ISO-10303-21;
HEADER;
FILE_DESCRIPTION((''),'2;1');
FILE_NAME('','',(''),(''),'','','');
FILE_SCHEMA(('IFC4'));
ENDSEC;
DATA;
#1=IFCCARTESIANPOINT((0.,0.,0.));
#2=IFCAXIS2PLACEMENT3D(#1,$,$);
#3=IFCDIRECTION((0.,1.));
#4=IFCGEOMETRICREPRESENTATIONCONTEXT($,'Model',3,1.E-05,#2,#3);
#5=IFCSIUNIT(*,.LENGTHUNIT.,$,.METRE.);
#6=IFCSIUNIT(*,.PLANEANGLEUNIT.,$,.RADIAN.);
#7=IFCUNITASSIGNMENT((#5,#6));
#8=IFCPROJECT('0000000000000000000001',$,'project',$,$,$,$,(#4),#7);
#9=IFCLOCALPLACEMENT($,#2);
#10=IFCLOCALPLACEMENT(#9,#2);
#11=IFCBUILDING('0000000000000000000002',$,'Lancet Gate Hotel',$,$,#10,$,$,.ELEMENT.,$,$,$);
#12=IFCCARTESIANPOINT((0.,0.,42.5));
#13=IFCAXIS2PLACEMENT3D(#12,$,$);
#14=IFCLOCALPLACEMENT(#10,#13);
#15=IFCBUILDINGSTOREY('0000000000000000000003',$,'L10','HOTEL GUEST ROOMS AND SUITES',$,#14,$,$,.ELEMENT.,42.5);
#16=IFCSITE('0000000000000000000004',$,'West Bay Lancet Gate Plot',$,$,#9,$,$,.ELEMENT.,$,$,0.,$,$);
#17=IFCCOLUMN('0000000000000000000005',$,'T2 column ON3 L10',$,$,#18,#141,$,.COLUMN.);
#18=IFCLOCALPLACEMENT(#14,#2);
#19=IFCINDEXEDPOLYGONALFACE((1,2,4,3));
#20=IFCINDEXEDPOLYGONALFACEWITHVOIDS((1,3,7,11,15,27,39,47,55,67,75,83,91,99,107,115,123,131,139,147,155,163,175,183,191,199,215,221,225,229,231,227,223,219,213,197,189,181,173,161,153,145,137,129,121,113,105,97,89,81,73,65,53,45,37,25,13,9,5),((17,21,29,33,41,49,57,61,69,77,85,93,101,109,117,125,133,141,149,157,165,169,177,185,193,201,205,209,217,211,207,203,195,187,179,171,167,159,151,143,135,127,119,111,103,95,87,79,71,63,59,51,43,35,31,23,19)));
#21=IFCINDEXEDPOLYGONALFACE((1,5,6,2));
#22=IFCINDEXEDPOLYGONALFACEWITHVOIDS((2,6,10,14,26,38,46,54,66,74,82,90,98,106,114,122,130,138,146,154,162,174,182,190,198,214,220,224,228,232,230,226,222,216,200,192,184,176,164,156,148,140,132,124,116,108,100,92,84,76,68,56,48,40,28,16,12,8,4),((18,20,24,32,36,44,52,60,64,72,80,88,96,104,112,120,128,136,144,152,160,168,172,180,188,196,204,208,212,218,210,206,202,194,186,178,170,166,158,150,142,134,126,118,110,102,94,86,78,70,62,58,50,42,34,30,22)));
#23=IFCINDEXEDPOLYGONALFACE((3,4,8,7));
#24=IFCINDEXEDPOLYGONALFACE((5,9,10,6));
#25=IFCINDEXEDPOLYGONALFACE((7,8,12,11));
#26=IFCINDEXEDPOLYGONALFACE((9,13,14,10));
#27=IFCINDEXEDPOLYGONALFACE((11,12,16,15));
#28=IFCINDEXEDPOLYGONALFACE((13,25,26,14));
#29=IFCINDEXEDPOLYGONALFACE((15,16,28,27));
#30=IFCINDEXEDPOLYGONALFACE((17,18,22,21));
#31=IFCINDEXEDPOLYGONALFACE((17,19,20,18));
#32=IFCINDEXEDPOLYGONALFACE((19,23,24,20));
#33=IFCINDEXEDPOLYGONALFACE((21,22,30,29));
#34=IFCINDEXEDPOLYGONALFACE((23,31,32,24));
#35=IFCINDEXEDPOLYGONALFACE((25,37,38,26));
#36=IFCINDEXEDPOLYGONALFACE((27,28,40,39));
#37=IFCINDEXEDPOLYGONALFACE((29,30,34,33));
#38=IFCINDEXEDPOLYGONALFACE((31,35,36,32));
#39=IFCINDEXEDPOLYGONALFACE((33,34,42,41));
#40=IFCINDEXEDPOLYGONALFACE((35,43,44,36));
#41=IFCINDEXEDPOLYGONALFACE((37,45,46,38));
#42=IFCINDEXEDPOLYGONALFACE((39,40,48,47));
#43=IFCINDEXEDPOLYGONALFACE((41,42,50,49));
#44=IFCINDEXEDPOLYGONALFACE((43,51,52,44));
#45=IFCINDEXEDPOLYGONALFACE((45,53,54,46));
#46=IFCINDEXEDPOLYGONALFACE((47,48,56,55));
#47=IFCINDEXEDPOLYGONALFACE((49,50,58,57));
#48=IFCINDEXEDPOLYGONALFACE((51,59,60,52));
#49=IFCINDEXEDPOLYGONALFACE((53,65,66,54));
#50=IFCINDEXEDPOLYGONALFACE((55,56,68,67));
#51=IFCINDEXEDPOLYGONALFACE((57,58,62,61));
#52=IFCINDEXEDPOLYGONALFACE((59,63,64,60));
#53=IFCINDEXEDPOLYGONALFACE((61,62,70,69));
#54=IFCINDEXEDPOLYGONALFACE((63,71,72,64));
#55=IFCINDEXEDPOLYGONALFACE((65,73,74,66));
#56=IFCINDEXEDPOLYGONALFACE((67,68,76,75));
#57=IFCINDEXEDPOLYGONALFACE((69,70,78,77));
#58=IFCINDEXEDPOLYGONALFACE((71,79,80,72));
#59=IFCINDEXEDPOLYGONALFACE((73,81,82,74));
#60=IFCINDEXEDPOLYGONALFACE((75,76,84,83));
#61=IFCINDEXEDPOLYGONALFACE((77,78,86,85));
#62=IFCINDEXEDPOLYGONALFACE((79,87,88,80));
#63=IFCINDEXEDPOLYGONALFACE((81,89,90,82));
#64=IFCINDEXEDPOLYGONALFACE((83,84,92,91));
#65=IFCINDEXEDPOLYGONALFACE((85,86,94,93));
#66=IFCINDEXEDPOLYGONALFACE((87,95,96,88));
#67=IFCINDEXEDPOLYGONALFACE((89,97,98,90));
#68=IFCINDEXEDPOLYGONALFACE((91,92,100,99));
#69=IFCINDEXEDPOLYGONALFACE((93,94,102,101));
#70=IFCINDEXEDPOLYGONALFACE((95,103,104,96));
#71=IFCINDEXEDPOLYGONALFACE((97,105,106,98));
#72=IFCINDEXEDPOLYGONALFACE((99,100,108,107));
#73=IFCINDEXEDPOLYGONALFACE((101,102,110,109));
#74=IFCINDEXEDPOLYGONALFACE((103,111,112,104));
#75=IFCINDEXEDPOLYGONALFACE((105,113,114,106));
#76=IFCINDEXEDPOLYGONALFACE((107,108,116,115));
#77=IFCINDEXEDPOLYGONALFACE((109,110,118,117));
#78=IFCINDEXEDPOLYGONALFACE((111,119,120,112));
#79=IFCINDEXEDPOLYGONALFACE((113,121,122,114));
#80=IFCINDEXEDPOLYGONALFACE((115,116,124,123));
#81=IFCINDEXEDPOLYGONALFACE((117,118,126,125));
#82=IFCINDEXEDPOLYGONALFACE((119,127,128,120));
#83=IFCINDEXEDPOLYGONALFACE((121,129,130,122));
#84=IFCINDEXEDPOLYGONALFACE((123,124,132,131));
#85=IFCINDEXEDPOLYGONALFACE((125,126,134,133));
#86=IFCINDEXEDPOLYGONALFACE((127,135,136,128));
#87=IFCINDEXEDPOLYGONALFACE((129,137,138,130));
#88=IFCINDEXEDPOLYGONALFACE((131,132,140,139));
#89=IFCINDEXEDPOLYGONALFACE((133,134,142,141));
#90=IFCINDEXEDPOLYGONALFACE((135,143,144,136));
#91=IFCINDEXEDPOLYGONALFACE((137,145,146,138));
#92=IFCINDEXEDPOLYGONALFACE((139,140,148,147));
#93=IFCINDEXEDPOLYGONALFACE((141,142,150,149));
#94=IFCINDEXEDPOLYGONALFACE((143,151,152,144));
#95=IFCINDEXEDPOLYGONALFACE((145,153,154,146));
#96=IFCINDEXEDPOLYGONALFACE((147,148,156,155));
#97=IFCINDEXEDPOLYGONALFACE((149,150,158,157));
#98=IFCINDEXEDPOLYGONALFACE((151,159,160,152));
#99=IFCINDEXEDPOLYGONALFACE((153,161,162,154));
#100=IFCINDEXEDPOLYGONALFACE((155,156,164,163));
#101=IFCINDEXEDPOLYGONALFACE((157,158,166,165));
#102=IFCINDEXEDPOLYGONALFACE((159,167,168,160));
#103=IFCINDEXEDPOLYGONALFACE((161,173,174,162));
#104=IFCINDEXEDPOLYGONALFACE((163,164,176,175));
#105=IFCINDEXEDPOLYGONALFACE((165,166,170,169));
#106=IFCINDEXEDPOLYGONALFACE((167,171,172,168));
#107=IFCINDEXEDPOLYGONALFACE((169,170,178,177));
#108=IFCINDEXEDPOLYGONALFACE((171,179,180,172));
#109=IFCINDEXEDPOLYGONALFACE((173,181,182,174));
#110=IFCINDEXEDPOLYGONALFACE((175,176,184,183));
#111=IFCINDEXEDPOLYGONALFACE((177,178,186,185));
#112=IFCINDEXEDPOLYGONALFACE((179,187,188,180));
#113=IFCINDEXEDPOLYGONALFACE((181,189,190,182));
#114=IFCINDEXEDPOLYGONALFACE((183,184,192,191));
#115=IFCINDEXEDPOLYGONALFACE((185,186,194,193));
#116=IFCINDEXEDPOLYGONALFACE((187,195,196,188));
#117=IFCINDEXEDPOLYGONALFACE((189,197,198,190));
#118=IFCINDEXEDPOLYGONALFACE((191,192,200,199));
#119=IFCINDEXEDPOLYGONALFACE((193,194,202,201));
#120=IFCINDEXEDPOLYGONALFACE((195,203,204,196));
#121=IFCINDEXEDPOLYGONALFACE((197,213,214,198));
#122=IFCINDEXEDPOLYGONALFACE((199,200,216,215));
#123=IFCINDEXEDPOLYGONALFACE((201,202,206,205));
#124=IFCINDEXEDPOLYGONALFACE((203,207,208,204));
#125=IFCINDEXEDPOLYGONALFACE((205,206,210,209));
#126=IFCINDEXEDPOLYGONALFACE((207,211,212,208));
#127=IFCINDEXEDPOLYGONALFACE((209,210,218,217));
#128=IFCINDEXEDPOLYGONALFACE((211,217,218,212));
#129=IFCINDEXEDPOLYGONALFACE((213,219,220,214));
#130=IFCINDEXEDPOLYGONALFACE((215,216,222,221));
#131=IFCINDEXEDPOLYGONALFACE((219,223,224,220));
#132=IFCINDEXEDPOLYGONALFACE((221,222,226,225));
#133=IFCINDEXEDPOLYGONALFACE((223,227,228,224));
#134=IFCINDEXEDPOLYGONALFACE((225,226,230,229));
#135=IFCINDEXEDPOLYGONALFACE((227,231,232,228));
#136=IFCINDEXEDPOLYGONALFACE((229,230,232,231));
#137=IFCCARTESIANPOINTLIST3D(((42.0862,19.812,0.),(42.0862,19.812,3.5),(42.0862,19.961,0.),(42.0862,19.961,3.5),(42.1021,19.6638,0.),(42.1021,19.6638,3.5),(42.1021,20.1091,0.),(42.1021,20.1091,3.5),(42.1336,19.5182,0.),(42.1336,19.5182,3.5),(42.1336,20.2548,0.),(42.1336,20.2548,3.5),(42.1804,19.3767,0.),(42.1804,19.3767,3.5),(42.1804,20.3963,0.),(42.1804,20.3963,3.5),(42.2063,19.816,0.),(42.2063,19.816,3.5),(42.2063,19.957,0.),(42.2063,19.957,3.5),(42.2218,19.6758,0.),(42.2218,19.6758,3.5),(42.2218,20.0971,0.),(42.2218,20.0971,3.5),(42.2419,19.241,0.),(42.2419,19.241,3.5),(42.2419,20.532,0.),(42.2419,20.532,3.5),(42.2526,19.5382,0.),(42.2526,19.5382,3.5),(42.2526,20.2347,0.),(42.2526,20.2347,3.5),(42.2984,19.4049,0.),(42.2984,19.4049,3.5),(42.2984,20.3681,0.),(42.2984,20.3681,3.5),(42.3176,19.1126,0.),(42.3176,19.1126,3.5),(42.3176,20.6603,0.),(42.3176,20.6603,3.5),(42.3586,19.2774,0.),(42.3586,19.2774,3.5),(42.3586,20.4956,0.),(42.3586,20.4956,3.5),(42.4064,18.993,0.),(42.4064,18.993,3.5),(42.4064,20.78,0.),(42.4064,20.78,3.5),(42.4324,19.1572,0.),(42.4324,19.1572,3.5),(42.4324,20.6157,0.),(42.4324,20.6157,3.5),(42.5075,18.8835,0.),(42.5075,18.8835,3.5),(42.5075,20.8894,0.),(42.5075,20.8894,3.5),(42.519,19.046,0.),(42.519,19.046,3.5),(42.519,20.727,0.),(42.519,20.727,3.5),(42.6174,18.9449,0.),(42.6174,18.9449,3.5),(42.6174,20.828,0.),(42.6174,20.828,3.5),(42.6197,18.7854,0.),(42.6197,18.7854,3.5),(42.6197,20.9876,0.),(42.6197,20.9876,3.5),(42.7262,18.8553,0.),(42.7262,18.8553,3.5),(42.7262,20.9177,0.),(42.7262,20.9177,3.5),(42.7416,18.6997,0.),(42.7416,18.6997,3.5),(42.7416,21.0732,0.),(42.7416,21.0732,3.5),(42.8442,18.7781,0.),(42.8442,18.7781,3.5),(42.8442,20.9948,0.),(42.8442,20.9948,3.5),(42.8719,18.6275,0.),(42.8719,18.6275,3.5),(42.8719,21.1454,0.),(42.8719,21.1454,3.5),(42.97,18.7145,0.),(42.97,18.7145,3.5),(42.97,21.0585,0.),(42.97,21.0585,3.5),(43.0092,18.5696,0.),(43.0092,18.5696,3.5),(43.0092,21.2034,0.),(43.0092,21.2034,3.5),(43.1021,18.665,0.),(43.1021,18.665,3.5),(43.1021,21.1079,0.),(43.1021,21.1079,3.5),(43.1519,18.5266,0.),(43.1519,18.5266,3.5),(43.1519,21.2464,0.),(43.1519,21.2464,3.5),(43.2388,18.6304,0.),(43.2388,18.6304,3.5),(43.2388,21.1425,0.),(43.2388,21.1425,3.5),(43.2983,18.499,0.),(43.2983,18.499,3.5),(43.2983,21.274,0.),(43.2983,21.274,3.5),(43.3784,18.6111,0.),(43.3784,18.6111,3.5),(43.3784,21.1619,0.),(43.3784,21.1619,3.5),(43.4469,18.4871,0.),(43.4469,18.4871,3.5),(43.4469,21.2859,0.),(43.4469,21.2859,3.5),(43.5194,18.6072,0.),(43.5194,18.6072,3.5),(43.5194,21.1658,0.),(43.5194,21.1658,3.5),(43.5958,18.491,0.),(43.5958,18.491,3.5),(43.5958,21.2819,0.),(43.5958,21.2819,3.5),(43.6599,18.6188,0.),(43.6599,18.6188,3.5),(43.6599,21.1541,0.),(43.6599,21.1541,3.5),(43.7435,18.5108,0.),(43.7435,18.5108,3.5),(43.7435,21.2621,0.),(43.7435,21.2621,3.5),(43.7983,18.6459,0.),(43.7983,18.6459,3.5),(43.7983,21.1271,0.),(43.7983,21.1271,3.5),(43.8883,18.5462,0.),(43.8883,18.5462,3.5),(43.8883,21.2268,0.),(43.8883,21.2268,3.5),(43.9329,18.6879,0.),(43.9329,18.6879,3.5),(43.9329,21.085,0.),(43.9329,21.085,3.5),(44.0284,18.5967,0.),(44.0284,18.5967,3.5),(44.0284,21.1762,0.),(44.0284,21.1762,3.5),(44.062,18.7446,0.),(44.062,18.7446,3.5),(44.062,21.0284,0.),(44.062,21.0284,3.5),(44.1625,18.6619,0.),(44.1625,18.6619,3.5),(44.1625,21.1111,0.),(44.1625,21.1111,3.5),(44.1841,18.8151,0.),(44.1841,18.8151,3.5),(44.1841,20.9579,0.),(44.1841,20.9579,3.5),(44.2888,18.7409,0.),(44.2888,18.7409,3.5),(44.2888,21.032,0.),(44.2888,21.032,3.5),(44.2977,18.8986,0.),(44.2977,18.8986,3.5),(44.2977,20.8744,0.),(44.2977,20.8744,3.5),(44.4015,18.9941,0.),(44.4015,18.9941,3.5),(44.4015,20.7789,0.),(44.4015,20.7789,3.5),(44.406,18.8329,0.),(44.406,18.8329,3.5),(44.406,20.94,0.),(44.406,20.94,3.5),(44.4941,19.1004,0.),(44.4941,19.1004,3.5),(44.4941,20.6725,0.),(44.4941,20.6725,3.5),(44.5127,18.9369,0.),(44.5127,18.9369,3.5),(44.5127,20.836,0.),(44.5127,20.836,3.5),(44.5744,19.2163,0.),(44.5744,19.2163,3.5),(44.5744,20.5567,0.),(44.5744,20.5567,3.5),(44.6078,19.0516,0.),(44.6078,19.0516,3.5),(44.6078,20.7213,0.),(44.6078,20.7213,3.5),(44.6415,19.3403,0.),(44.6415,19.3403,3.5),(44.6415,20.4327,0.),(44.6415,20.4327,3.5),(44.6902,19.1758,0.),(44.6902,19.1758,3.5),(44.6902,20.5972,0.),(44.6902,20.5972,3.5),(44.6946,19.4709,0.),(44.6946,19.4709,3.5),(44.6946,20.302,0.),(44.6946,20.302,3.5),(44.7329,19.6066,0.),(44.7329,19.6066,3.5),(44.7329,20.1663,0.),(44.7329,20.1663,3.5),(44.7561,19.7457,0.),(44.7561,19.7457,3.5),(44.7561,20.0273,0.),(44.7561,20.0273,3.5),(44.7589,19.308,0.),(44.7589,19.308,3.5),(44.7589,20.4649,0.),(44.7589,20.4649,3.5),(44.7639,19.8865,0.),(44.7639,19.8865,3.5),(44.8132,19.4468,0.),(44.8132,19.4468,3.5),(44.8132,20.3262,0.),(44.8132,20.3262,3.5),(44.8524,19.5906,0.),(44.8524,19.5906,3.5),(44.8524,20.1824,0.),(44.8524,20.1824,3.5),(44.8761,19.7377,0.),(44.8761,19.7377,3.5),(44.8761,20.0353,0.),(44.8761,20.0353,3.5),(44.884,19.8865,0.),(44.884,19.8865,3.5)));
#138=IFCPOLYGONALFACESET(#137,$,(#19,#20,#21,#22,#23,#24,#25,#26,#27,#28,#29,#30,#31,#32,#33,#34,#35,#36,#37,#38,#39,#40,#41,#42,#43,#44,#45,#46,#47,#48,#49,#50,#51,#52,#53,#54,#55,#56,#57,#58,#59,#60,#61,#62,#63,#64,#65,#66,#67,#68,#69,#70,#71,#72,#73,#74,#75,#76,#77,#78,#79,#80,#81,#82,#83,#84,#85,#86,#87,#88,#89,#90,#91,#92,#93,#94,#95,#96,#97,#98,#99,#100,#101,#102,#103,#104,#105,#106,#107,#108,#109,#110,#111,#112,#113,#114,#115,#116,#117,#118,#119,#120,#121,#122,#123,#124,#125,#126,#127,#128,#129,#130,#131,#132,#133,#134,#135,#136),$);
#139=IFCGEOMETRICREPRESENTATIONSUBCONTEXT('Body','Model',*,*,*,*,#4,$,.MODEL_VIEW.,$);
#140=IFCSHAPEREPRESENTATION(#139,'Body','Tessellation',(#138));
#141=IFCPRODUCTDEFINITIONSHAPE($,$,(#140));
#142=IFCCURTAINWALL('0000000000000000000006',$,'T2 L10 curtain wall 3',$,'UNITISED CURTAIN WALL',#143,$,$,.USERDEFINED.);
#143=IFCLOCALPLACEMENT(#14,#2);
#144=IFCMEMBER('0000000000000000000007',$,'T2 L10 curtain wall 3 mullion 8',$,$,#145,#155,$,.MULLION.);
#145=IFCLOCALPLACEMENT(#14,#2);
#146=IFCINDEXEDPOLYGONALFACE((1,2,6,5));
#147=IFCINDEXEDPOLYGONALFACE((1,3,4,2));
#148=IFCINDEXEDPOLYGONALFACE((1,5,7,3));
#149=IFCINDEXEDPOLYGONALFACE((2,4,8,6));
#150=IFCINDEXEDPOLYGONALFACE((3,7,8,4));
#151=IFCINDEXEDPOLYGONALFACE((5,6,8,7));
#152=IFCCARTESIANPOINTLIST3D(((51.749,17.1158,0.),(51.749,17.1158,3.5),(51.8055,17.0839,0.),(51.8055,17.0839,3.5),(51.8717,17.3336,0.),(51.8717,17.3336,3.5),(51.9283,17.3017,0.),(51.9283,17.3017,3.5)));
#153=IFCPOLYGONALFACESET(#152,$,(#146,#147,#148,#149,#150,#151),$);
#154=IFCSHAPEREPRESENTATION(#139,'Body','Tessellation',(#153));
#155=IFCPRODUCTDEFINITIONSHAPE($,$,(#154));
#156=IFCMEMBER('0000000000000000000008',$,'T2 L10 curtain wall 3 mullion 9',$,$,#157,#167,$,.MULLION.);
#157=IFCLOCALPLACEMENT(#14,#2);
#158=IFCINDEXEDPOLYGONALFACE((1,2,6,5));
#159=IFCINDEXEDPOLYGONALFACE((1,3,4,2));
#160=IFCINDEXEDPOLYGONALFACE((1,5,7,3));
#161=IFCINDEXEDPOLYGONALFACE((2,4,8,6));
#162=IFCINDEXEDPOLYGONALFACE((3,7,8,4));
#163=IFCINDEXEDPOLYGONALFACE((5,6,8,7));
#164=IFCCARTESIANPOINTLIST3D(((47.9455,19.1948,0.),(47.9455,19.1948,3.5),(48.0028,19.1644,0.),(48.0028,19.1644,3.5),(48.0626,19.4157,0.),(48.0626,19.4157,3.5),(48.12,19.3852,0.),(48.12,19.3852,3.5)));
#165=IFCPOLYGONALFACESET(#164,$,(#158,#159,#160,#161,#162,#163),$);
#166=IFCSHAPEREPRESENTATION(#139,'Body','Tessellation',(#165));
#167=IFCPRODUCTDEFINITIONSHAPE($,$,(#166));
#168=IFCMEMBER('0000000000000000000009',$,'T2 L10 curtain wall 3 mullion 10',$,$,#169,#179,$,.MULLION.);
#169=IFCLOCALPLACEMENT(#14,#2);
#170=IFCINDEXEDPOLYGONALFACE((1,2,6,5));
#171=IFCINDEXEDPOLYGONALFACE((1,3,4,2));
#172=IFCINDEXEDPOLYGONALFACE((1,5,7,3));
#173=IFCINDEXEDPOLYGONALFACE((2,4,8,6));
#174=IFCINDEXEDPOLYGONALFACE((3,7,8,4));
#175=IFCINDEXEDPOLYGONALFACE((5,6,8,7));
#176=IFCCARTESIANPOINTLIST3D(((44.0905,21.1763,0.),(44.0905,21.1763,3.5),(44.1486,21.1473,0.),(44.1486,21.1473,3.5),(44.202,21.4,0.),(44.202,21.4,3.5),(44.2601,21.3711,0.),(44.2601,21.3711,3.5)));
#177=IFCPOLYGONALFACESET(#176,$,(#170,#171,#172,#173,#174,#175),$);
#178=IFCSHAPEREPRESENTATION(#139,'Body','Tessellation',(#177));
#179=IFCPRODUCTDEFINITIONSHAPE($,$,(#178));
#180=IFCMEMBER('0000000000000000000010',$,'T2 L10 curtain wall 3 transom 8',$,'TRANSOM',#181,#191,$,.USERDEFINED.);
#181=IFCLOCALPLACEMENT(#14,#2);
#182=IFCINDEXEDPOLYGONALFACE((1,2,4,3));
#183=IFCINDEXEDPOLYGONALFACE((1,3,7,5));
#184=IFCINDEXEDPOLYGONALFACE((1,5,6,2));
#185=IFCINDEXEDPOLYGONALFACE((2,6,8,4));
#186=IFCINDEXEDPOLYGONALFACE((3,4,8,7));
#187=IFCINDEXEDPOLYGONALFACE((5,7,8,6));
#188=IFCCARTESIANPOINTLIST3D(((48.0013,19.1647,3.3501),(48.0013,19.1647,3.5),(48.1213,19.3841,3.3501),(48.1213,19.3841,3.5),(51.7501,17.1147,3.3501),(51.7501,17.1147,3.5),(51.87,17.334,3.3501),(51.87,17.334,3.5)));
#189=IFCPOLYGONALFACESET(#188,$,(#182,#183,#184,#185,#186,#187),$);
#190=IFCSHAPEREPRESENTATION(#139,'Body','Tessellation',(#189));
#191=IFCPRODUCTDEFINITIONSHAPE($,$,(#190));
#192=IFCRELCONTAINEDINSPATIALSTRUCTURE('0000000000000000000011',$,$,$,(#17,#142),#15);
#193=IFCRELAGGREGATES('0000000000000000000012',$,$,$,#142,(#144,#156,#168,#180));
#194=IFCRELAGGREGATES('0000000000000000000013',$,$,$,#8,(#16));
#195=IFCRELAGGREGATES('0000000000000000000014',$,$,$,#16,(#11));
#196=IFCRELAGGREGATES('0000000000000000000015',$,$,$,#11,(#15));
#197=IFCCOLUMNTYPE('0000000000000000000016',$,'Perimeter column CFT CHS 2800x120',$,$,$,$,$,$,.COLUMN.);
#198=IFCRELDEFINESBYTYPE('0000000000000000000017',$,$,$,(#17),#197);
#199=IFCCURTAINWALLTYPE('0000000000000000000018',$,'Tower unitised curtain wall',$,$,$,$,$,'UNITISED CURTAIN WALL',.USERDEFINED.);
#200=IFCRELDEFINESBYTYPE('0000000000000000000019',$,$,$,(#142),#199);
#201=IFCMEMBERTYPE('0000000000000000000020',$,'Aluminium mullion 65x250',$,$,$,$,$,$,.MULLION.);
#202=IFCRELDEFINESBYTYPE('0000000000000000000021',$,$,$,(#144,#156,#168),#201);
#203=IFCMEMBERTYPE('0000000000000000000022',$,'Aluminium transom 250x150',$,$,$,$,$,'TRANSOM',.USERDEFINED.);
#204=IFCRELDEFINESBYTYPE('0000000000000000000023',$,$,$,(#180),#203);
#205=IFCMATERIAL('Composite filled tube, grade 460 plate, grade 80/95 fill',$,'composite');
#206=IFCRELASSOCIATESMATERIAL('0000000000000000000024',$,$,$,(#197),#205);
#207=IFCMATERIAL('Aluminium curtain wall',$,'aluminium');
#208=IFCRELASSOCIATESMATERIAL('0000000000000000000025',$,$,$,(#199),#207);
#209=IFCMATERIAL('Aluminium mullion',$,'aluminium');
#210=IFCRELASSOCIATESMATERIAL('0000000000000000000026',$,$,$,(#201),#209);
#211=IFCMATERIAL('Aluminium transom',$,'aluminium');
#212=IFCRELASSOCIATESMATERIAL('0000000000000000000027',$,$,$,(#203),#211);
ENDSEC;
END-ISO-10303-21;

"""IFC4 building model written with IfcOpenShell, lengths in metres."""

from ifc_helpers import new_model, si_unit, direction, frame, origin, origin_2d, place, context, subcontext, project, spatial, rectangle, hollow_circle, extrude, material, material_profile, profile_set, type_object, element, aggregate, save


model = new_model("IFC4")

# Units and contexts
model_context = context("Model", 3, precision=1e-05, world=origin(), true_north=direction((0.0, 1.0)))
body_context = subcontext(model_context, "Body", "Model", "MODEL_VIEW")
ifc_project = project(units=[si_unit("LENGTHUNIT", "METRE"), si_unit("PLANEANGLEUNIT", "RADIAN")], contexts=[model_context])

# Site, building, storey
site_placement = place(None, origin())
site = spatial("IfcSite", under=ifc_project, at=site_placement, Name="West Bay Lancet Gate Plot", CompositionType="ELEMENT", RefElevation=0.0)
building_placement = place(site_placement, origin())
building = spatial("IfcBuilding", under=site, at=building_placement, Name="Lancet Gate Hotel", CompositionType="ELEMENT")
storey_placement = place(building_placement, frame((0.0, 0.0, 42.5)))
storey = spatial("IfcBuildingStorey", under=building, at=storey_placement, Name="L10", Description="HOTEL GUEST ROOMS AND SUITES", CompositionType="ELEMENT", Elevation=42.5)

# Column
ifc_material_1 = material(Name="Composite filled tube, grade 460 plate, grade 80/95 fill", Category="composite")
ifc_material_profile_1 = material_profile(ifc_material_1, hollow_circle(Radius=1.3999, WallThickness=0.1201, at=origin_2d()), Name="CHS 2800x120")
ifc_profile_set_1 = profile_set([ifc_material_profile_1], Name="Composite filled tube, grade 460 plate, grade 80/95 fill")
column_type = type_object("IfcColumnType", Name="Perimeter column CFT CHS 2800x120", PredefinedType="COLUMN", material=ifc_profile_set_1)
for number, where, z_axis, x_axis, name in (
    (1, (43.4841, 19.8865, 0.0), (0.0, 0.0, 1.0), (1.0, 0.0, 0.0), "T2 column ON3 L10"),
):
    element("IfcColumn", number, at=place(storey_placement, frame(where, z_axis=z_axis, x_axis=x_axis)), inside=storey, type_object=column_type, Name=name, PredefinedType="COLUMN", context=body_context, shape_type="SweptSolid", body=[
        extrude(hollow_circle(Radius=1.3999, WallThickness=0.1201, at=origin_2d()), origin(), (0.0, 0.0, 1.0), 3.5),
    ])

# Curtain wall, members
ifc_material_2 = material(Name="Aluminium curtain wall", Category="aluminium")
curtain_wall_type = type_object("IfcCurtainWallType", Name="Tower unitised curtain wall", ElementType="UNITISED CURTAIN WALL", PredefinedType="USERDEFINED", material=ifc_material_2)
curtain_wall_placement = place(storey_placement, origin())
curtain_wall = element("IfcCurtainWall", 2, at=curtain_wall_placement, inside=storey, type_object=curtain_wall_type, Name="T2 L10 curtain wall 3", ObjectType="UNITISED CURTAIN WALL", PredefinedType="USERDEFINED")
ifc_material_3 = material(Name="Aluminium mullion", Category="aluminium")
ifc_material_profile_2 = material_profile(ifc_material_3, rectangle(XDim=0.0649, YDim=0.25, at=origin_2d()), Name="MULLION 65x250")
ifc_profile_set_2 = profile_set([ifc_material_profile_2], Name="Aluminium mullion")
member_type_1 = type_object("IfcMemberType", Name="Aluminium mullion 65x250", PredefinedType="MULLION", material=ifc_profile_set_2)
member_1_placement = place(storey_placement, frame((51.8386, 17.2087, 0.0), z_axis=(0.0, 0.0, 1.0), x_axis=(-0.87119, 0.490945, 0.0)))
member_1 = element("IfcMember", 3, at=member_1_placement, type_object=member_type_1, Name="T2 L10 curtain wall 3 mullion 8", PredefinedType="MULLION", context=body_context, shape_type="SweptSolid", body=[
    extrude(rectangle(XDim=0.0649, YDim=0.25, at=origin_2d()), origin(), (0.0, 0.0, 1.0), 3.5),
])
member_2_placement = place(storey_placement, frame((48.0327, 19.29, 0.0), z_axis=(0.0, 0.0, 1.0), x_axis=(-0.883403, 0.468613, 0.0)))
member_2 = element("IfcMember", 4, at=member_2_placement, type_object=member_type_1, Name="T2 L10 curtain wall 3 mullion 9", PredefinedType="MULLION", context=body_context, shape_type="SweptSolid", body=[
    extrude(rectangle(XDim=0.0649, YDim=0.25, at=origin_2d()), origin(), (0.0, 0.0, 1.0), 3.5),
])
member_3_placement = place(storey_placement, frame((44.1753, 21.2737, 0.0), z_axis=(0.0, 0.0, 1.0), x_axis=(-0.895044, 0.445978, 0.0)))
member_3 = element("IfcMember", 5, at=member_3_placement, type_object=member_type_1, Name="T2 L10 curtain wall 3 mullion 10", PredefinedType="MULLION", context=body_context, shape_type="SweptSolid", body=[
    extrude(rectangle(XDim=0.0649, YDim=0.25, at=origin_2d()), origin(), (0.0, 0.0, 1.0), 3.5),
])
ifc_material_4 = material(Name="Aluminium transom", Category="aluminium")
ifc_material_profile_3 = material_profile(ifc_material_4, rectangle(XDim=0.25, YDim=0.1499, at=origin_2d()), Name="TRANSOM 250x150")
ifc_profile_set_3 = profile_set([ifc_material_profile_3], Name="Aluminium transom")
member_type_2 = type_object("IfcMemberType", Name="Aluminium transom 250x150", ElementType="TRANSOM", PredefinedType="USERDEFINED", material=ifc_profile_set_3)
member_4_placement = place(storey_placement, frame((51.8101, 17.2244, 3.425), z_axis=(-0.877378, 0.479801, 0.0), x_axis=(-0.479801, -0.877378, 0.0)))
member_4 = element("IfcMember", 6, at=member_4_placement, type_object=member_type_2, Name="T2 L10 curtain wall 3 transom 8", ObjectType="TRANSOM", PredefinedType="USERDEFINED", context=body_context, shape_type="SweptSolid", body=[
    extrude(rectangle(XDim=0.25, YDim=0.1499, at=origin_2d()), origin(), (0.0, 0.0, 1.0), 4.2727),
])

aggregate(curtain_wall, [member_1, member_2, member_3, member_4])

save(model, "model.ifc")
